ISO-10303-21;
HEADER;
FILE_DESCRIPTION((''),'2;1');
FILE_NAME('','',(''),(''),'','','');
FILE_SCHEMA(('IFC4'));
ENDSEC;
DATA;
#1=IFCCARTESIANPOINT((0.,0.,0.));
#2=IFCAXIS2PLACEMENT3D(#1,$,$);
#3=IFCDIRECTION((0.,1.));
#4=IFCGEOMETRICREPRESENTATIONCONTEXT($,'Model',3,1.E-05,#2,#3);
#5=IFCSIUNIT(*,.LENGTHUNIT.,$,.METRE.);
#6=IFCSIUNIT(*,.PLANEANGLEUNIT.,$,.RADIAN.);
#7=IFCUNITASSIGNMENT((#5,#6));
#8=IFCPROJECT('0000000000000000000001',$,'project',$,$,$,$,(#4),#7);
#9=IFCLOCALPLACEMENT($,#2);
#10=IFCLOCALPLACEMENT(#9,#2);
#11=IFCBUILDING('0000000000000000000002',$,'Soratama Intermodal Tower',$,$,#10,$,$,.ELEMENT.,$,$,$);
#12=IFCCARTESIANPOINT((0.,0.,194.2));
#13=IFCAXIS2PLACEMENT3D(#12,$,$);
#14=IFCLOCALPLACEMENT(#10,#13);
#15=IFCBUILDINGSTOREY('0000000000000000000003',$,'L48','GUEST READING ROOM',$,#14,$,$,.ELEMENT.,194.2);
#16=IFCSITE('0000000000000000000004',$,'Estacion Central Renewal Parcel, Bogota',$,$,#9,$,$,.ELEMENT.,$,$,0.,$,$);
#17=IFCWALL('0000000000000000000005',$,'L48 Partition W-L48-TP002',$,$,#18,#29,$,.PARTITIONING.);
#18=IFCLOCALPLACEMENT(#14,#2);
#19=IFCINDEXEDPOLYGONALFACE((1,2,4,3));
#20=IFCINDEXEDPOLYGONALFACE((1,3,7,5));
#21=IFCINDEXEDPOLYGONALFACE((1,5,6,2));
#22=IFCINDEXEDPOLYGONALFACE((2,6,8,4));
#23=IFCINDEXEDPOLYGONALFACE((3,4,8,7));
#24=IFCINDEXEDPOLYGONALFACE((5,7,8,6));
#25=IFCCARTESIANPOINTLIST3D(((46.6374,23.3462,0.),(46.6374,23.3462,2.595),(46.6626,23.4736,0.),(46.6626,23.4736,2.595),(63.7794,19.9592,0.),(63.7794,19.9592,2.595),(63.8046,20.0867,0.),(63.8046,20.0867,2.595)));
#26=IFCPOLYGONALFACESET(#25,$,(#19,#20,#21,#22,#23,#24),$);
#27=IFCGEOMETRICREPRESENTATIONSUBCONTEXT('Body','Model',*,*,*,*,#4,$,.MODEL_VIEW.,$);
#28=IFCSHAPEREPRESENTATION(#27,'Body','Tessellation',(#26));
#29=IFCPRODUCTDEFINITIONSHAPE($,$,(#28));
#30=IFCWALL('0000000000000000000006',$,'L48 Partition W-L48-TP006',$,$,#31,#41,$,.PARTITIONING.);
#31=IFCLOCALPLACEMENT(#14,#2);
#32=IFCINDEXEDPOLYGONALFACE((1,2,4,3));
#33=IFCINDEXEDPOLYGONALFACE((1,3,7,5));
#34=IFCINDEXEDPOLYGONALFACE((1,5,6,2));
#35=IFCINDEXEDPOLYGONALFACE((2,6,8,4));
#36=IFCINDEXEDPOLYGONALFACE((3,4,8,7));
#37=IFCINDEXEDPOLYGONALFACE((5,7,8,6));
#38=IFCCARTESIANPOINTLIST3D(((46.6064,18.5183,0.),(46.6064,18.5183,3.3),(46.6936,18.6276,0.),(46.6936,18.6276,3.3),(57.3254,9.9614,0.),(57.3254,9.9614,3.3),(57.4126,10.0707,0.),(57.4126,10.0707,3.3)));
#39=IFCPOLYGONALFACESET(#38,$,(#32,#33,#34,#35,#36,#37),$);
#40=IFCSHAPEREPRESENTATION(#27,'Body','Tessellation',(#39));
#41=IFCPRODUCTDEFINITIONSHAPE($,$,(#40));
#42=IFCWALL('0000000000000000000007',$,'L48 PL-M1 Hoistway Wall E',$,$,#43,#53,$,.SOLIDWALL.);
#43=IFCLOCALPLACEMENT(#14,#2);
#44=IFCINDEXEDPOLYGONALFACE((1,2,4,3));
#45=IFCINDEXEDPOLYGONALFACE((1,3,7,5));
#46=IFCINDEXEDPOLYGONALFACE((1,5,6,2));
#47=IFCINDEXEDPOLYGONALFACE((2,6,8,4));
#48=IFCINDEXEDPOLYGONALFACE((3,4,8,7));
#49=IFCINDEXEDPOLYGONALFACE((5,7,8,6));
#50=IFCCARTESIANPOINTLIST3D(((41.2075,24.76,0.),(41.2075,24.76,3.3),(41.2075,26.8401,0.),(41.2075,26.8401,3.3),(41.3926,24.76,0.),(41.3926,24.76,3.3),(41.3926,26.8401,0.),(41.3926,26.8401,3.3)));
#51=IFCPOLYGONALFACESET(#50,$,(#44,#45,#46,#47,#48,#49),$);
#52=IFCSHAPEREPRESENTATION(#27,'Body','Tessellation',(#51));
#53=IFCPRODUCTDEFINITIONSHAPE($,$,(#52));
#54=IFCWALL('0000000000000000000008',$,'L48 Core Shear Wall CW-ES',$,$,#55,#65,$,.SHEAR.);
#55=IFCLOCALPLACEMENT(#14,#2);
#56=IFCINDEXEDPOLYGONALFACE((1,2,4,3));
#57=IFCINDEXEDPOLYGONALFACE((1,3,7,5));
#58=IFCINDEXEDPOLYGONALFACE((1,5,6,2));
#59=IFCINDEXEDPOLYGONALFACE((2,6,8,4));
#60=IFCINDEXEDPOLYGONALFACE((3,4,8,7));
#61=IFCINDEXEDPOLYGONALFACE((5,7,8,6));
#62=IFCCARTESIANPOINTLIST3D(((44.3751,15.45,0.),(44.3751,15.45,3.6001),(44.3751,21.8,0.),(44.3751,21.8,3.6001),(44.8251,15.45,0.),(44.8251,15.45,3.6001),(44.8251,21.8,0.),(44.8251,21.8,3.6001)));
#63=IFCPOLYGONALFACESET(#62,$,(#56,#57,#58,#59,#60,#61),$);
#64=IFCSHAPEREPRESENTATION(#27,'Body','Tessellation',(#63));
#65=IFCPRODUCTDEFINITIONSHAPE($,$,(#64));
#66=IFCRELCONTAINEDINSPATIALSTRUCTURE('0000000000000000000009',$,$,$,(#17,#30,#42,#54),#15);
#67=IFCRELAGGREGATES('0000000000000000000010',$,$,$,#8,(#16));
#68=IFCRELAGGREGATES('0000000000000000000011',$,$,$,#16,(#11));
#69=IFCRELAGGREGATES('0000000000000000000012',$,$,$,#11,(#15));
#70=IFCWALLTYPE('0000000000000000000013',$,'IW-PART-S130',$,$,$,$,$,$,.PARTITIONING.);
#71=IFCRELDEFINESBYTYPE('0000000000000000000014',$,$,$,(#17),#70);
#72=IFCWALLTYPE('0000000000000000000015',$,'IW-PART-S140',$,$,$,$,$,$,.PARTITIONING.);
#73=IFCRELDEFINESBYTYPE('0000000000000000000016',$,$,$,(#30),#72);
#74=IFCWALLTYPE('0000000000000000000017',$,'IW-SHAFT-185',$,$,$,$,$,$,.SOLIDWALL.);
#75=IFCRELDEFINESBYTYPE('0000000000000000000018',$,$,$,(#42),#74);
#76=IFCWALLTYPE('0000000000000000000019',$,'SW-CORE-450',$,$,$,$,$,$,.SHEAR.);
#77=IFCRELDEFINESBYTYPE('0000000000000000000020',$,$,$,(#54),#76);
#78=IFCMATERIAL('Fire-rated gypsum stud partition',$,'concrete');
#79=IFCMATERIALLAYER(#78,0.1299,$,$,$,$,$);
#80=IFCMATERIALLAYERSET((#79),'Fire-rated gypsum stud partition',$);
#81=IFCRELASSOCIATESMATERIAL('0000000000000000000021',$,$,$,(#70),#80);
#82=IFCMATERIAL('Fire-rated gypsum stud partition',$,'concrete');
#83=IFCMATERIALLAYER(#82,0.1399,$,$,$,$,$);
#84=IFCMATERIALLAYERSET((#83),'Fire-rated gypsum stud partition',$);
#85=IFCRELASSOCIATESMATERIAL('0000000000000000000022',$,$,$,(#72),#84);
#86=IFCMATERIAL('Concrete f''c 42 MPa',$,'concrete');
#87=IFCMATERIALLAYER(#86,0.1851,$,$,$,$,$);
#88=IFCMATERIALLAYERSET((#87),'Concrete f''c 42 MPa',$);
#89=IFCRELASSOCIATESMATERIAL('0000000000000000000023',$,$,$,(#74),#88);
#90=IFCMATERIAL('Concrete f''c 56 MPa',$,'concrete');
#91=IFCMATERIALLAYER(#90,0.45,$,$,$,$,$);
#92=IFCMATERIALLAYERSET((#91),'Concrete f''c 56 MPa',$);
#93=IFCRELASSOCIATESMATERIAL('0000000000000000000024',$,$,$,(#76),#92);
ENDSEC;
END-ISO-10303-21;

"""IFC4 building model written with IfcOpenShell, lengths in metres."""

from ifc_helpers import new_model, si_unit, direction, frame, frame_2d, origin, place, context, subcontext, project, spatial, rectangle, extrude, material, layer, layer_set, type_object, element, save


model = new_model("IFC4")

# Units and contexts
model_context = context("Model", 3, precision=1e-05, world=origin(), true_north=direction((0.0, 1.0)))
body_context = subcontext(model_context, "Body", "Model", "MODEL_VIEW")
ifc_project = project(units=[si_unit("LENGTHUNIT", "METRE"), si_unit("PLANEANGLEUNIT", "RADIAN")], contexts=[model_context])

# Site, building, storey
site_placement = place(None, origin())
site = spatial("IfcSite", under=ifc_project, at=site_placement, Name="Estacion Central Renewal Parcel, Bogota", CompositionType="ELEMENT", RefElevation=0.0)
building_placement = place(site_placement, origin())
building = spatial("IfcBuilding", under=site, at=building_placement, Name="Soratama Intermodal Tower", CompositionType="ELEMENT")
storey_placement = place(building_placement, frame((0.0, 0.0, 194.2)))
storey = spatial("IfcBuildingStorey", under=building, at=storey_placement, Name="L48", Description="GUEST READING ROOM", CompositionType="ELEMENT", Elevation=194.2)

# Walls
ifc_material_1 = material(Name="Fire-rated gypsum stud partition", Category="concrete")
ifc_layer_1 = layer(ifc_material_1, 0.1299)
ifc_layer_set_1 = layer_set([ifc_layer_1], Name="Fire-rated gypsum stud partition")
wall_type_1 = type_object("IfcWallType", Name="IW-PART-S130", PredefinedType="PARTITIONING", material=ifc_layer_set_1)
wall_1_placement = place(storey_placement, frame((46.6499, 23.4099, 0.0), z_axis=(0.0, 0.0, 1.0), x_axis=(0.981034, -0.193834, 0.0)))
element("IfcWall", 1, at=wall_1_placement, inside=storey, type_object=wall_type_1, Name="L48 Partition W-L48-TP002", PredefinedType="PARTITIONING", context=body_context, shape_type="SweptSolid", body=[
    extrude(rectangle(XDim=17.4734, YDim=0.1299, at=frame_2d((8.7368, 0.0))), origin(), (0.0, 0.0, 1.0), 2.595),
])
ifc_material_2 = material(Name="Fire-rated gypsum stud partition", Category="concrete")
ifc_layer_2 = layer(ifc_material_2, 0.1399)
ifc_layer_set_2 = layer_set([ifc_layer_2], Name="Fire-rated gypsum stud partition")
wall_type_2 = type_object("IfcWallType", Name="IW-PART-S140", PredefinedType="PARTITIONING", material=ifc_layer_set_2)
wall_2_placement = place(storey_placement, frame((46.6499, 18.573, 0.0), z_axis=(0.0, 0.0, 1.0), x_axis=(0.78152, -0.623881, 0.0)))
element("IfcWall", 2, at=wall_2_placement, inside=storey, type_object=wall_type_2, Name="L48 Partition W-L48-TP006", PredefinedType="PARTITIONING", context=body_context, shape_type="SweptSolid", body=[
    extrude(rectangle(XDim=13.7156, YDim=0.1399, at=frame_2d((6.8579, 0.0))), origin(), (0.0, 0.0, 1.0), 3.3),
])
ifc_material_3 = material(Name="Concrete f'c 42 MPa", Category="concrete")
ifc_layer_3 = layer(ifc_material_3, 0.1851)
ifc_layer_set_3 = layer_set([ifc_layer_3], Name="Concrete f'c 42 MPa")
wall_type_3 = type_object("IfcWallType", Name="IW-SHAFT-185", PredefinedType="SOLIDWALL", material=ifc_layer_set_3)
wall_3_placement = place(storey_placement, frame((41.3, 24.76, 0.0), z_axis=(0.0, 0.0, 1.0), x_axis=(0.0, 1.0, 0.0)))
element("IfcWall", 3, at=wall_3_placement, inside=storey, type_object=wall_type_3, Name="L48 PL-M1 Hoistway Wall E", PredefinedType="SOLIDWALL", context=body_context, shape_type="SweptSolid", body=[
    extrude(rectangle(XDim=2.0801, YDim=0.1851, at=frame_2d((1.04, 0.0))), origin(), (0.0, 0.0, 1.0), 3.3),
])
ifc_material_4 = material(Name="Concrete f'c 56 MPa", Category="concrete")
ifc_layer_4 = layer(ifc_material_4, 0.45)
ifc_layer_set_4 = layer_set([ifc_layer_4], Name="Concrete f'c 56 MPa")
wall_type_4 = type_object("IfcWallType", Name="SW-CORE-450", PredefinedType="SHEAR", material=ifc_layer_set_4)
wall_4_placement = place(storey_placement, frame((44.6001, 15.45, 0.0), z_axis=(0.0, 0.0, 1.0), x_axis=(0.0, 1.0, 0.0)))
element("IfcWall", 4, at=wall_4_placement, inside=storey, type_object=wall_type_4, Name="L48 Core Shear Wall CW-ES", PredefinedType="SHEAR", context=body_context, shape_type="SweptSolid", body=[
    extrude(rectangle(XDim=6.3501, YDim=0.45, at=frame_2d((3.175, 0.0))), origin(), (0.0, 0.0, 1.0), 3.6001),
])

save(model, "model.ifc")
